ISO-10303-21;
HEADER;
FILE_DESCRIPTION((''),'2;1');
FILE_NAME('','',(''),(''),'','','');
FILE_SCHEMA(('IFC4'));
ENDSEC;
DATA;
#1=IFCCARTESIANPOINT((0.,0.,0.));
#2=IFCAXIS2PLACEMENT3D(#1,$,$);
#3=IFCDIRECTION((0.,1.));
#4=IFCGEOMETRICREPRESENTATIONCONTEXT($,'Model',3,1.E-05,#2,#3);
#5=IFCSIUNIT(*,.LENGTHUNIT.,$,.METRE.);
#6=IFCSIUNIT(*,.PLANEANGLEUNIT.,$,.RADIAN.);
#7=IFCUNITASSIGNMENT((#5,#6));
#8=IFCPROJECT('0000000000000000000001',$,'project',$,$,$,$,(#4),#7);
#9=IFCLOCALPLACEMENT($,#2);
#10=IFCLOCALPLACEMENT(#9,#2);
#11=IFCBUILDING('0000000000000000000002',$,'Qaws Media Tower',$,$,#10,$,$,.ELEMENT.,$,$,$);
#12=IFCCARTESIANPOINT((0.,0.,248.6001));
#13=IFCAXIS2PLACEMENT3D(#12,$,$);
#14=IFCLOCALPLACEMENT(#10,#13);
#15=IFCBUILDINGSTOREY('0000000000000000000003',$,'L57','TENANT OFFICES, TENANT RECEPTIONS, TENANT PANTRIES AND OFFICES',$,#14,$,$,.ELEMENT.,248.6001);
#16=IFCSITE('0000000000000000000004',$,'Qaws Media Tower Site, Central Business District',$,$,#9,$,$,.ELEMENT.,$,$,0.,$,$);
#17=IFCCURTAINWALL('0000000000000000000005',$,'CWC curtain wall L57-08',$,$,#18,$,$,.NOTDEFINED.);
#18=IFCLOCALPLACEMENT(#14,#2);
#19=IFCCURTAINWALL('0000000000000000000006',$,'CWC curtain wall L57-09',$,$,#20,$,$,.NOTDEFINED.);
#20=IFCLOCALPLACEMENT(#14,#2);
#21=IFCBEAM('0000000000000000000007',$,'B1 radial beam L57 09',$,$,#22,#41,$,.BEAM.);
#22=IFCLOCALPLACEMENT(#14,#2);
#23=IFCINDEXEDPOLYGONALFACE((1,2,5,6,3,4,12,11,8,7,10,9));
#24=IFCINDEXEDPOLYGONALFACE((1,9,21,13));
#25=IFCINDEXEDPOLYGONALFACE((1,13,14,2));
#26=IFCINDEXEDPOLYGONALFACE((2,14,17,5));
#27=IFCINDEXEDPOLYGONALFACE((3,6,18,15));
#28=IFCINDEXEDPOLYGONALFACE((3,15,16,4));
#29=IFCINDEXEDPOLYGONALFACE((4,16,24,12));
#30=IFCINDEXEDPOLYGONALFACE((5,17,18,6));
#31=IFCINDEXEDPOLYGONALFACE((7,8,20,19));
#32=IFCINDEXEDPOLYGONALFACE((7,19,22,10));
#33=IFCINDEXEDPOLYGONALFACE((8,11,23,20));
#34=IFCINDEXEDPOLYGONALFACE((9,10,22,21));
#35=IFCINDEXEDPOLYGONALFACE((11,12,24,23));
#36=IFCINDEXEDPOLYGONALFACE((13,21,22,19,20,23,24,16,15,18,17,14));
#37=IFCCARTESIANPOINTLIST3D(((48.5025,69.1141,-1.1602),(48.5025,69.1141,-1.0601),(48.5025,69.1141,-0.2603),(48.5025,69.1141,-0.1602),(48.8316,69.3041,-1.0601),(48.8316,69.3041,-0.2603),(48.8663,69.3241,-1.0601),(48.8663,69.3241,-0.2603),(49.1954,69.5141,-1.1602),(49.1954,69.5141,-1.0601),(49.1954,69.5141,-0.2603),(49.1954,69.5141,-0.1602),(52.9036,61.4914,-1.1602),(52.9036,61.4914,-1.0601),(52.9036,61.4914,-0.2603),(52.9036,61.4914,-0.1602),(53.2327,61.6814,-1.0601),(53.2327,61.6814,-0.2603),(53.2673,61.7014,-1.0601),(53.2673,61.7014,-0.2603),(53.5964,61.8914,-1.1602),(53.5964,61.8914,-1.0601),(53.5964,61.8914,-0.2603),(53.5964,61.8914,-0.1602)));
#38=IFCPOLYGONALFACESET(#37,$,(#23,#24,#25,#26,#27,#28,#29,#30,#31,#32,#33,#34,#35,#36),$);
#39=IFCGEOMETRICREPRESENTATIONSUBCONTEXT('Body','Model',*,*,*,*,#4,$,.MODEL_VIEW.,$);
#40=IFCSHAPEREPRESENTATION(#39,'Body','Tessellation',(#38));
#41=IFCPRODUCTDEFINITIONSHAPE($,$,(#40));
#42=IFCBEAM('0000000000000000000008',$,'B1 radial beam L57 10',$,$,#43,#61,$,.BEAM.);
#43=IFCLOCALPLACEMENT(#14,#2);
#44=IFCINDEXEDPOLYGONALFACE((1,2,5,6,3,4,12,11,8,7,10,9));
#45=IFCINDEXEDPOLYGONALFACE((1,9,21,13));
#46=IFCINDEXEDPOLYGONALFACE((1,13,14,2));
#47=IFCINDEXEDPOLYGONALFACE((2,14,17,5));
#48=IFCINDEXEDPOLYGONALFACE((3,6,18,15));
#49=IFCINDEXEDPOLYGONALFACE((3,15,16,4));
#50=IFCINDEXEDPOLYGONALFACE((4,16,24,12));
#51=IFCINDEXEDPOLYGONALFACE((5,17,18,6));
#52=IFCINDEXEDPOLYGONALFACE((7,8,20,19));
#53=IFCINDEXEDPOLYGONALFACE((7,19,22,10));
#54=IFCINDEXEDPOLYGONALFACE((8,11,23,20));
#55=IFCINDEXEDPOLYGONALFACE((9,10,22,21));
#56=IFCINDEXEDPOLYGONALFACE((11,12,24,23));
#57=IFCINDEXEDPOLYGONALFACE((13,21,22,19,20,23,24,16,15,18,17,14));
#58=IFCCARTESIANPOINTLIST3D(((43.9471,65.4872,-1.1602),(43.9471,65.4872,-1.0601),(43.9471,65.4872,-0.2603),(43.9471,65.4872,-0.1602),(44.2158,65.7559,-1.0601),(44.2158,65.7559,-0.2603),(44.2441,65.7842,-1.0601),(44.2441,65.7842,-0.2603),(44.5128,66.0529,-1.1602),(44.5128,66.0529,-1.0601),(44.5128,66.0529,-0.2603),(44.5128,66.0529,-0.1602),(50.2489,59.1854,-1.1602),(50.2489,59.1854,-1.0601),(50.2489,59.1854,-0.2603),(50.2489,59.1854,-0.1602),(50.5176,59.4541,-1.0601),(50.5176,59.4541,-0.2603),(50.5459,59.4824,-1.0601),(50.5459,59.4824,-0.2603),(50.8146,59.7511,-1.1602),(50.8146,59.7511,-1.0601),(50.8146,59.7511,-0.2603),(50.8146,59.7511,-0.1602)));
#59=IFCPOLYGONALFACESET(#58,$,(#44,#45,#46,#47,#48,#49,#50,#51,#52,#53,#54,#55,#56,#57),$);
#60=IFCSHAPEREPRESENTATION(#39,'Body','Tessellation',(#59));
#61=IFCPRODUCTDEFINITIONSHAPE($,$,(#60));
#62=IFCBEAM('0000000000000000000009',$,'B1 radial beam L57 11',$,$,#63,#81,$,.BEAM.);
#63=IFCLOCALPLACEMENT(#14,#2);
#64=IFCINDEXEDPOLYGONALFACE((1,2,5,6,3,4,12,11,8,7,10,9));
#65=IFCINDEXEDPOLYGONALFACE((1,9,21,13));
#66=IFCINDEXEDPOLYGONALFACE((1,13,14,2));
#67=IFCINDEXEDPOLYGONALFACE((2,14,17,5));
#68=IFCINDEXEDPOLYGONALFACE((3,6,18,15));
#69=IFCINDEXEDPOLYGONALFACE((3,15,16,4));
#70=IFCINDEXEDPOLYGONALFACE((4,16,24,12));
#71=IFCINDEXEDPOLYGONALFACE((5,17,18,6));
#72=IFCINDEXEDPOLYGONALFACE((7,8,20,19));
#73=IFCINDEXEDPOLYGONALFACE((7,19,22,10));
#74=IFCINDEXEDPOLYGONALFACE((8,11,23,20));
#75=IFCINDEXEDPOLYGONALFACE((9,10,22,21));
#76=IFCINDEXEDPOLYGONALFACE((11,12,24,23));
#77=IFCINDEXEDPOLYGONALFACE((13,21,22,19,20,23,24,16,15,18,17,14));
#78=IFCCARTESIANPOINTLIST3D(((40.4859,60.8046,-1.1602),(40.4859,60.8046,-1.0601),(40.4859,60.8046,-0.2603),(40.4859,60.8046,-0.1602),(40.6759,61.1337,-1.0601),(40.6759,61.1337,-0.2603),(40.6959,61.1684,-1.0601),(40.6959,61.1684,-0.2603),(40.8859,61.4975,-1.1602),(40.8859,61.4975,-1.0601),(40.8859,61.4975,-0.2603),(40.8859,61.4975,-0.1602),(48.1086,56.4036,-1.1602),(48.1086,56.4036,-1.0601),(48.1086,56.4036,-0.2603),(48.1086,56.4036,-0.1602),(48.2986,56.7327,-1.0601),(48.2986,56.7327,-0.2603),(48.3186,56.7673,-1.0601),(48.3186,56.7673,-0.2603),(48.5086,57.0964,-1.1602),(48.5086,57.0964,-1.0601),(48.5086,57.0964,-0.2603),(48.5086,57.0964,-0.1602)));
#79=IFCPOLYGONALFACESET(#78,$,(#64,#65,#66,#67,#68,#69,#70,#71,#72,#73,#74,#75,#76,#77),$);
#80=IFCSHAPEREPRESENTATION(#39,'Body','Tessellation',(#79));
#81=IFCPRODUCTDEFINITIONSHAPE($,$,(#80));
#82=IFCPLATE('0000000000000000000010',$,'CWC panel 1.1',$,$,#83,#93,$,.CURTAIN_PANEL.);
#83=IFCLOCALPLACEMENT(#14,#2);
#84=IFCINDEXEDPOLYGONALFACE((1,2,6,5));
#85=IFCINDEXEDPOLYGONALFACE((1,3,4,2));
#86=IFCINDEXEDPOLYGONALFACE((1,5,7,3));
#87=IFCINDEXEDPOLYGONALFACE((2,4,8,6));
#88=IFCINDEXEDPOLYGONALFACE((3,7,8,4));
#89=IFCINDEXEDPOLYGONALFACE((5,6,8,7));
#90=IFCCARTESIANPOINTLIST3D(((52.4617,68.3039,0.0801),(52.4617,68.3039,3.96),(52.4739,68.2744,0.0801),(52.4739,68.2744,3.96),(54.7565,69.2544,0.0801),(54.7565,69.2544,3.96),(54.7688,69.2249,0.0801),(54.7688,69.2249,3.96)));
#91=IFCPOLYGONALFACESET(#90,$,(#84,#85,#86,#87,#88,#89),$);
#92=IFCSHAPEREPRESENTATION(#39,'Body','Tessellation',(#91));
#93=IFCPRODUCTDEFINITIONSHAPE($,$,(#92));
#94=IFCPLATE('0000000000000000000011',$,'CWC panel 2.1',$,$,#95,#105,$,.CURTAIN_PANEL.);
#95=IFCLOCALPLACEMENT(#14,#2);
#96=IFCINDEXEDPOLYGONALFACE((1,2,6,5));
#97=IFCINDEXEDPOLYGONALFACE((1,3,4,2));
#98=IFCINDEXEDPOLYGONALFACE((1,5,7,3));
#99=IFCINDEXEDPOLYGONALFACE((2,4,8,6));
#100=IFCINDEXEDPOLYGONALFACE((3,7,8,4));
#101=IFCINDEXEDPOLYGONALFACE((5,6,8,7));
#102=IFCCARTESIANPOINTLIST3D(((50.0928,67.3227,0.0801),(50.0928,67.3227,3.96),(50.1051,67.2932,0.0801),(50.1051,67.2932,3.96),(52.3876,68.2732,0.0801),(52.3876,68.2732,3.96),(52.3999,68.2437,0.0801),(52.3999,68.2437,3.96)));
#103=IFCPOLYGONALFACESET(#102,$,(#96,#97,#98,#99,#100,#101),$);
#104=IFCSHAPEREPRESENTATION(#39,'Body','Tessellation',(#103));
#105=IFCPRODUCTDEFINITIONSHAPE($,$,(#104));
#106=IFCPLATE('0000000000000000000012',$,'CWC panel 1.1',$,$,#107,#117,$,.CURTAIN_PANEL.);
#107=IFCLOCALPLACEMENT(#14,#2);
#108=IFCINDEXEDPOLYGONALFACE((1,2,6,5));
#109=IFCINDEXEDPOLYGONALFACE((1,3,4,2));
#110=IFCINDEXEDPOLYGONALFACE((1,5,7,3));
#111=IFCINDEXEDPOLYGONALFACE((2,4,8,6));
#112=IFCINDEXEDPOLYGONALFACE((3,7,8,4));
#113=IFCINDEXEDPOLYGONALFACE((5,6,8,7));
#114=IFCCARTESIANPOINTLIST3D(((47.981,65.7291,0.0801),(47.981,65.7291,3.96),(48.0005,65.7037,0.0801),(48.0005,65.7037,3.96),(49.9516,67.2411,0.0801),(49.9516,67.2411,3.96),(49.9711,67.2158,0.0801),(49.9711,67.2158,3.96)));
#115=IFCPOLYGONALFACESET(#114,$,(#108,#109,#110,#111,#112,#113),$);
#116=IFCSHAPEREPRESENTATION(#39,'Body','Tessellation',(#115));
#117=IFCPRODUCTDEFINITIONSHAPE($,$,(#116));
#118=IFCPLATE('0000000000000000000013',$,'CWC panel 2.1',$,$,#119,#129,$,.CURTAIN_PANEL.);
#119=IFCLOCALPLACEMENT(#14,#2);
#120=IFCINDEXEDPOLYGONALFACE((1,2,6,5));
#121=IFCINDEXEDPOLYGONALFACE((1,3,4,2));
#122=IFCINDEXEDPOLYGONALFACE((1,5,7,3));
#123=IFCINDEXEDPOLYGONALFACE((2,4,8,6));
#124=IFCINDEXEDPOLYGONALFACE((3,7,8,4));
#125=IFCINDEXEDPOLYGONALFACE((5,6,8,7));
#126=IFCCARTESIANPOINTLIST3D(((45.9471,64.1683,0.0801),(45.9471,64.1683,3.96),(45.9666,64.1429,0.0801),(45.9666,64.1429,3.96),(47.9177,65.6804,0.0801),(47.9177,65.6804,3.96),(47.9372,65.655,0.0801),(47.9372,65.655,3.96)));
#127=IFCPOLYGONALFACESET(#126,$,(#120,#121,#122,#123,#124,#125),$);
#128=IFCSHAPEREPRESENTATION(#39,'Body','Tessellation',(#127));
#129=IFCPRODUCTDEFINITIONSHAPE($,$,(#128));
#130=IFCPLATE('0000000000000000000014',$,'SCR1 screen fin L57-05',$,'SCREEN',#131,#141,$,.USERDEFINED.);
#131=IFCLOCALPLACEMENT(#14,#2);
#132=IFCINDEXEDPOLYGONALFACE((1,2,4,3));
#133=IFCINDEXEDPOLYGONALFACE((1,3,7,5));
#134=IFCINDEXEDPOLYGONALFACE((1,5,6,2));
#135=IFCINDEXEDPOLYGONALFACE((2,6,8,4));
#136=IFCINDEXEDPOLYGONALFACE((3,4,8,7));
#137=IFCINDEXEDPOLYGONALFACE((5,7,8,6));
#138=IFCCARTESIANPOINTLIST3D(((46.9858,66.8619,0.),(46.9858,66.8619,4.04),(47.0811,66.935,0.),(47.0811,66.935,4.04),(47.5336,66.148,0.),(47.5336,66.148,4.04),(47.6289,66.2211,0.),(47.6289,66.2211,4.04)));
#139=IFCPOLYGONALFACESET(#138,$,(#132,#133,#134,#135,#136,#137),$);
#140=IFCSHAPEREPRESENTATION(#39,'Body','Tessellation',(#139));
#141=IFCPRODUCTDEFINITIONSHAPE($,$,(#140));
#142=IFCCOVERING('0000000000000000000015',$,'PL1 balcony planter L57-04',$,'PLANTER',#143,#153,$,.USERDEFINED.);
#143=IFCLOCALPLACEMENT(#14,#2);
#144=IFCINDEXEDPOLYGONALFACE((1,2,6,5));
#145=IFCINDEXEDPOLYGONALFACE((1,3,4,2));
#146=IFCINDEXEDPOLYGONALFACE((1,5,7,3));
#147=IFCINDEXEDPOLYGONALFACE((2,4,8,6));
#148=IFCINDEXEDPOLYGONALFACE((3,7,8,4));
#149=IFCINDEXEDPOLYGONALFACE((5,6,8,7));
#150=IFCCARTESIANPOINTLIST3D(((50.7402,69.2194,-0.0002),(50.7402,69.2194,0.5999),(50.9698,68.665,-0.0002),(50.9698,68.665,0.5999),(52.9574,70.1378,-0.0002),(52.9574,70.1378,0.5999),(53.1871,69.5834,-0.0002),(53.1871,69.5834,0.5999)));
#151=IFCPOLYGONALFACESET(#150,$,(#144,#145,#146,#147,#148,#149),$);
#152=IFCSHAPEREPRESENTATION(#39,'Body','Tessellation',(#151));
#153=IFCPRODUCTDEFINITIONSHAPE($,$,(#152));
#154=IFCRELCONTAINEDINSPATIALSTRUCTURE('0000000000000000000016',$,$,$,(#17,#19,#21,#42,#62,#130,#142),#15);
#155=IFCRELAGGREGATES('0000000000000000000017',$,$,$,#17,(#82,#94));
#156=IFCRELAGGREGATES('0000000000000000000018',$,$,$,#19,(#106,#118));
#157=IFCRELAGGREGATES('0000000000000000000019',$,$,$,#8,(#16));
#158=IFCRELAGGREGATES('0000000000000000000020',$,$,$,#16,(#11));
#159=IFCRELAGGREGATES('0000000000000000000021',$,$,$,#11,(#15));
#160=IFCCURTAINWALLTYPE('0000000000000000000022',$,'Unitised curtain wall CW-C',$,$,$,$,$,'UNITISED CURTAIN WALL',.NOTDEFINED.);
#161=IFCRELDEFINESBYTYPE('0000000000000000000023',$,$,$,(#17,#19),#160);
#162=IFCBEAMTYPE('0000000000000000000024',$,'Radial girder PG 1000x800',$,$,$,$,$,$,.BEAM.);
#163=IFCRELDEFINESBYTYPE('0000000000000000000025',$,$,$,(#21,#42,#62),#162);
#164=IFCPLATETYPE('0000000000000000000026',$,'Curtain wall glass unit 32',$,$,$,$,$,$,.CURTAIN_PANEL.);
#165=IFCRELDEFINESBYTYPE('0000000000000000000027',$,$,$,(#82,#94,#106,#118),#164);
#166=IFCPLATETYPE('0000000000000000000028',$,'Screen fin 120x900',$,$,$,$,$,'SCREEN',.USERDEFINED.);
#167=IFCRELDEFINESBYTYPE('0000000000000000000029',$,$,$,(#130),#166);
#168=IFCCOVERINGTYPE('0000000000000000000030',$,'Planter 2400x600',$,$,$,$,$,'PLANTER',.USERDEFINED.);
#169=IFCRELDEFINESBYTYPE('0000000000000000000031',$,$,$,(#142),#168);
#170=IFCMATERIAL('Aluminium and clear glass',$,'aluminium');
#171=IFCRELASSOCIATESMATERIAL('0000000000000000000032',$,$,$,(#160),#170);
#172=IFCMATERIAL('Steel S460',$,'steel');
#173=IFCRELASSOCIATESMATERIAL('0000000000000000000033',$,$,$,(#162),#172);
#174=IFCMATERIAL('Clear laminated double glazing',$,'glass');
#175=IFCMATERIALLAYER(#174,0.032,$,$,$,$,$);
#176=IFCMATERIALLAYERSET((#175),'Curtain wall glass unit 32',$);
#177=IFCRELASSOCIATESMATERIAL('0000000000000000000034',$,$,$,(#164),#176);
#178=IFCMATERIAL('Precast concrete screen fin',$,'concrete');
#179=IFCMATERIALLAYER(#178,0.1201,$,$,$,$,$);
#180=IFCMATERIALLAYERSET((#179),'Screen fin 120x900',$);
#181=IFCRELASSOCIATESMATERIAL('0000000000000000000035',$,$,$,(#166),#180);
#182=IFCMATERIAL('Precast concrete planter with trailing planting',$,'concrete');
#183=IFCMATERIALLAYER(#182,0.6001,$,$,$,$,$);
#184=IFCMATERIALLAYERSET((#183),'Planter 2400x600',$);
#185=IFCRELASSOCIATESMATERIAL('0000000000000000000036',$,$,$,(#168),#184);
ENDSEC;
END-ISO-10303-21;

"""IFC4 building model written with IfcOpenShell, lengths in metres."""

from ifc_helpers import new_model, si_unit, direction, frame, origin, origin_2d, place, context, subcontext, project, spatial, rectangle, i_section, extrude, material, layer, layer_set, material_profile, profile_set, type_object, element, aggregate, save


model = new_model("IFC4")

# Units and contexts
model_context = context("Model", 3, precision=1e-05, world=origin(), true_north=direction((0.0, 1.0)))
body_context = subcontext(model_context, "Body", "Model", "MODEL_VIEW")
ifc_project = project(units=[si_unit("LENGTHUNIT", "METRE"), si_unit("PLANEANGLEUNIT", "RADIAN")], contexts=[model_context])

# Site, building, storey
site_placement = place(None, origin())
site = spatial("IfcSite", under=ifc_project, at=site_placement, Name="Qaws Media Tower Site, Central Business District", CompositionType="ELEMENT", RefElevation=0.0)
building_placement = place(site_placement, origin())
building = spatial("IfcBuilding", under=site, at=building_placement, Name="Qaws Media Tower", CompositionType="ELEMENT")
storey_placement = place(building_placement, frame((0.0, 0.0, 248.6001)))
storey = spatial("IfcBuildingStorey", under=building, at=storey_placement, Name="L57", Description="TENANT OFFICES, TENANT RECEPTIONS, TENANT PANTRIES AND OFFICES", CompositionType="ELEMENT", Elevation=248.6001)

# Curtain walls
ifc_material_1 = material(Name="Aluminium and clear glass", Category="aluminium")
curtain_wall_type = type_object("IfcCurtainWallType", Name="Unitised curtain wall CW-C", ElementType="UNITISED CURTAIN WALL", PredefinedType="NOTDEFINED", material=ifc_material_1)
curtain_wall_1_placement = place(storey_placement, origin())
curtain_wall_1 = element("IfcCurtainWall", 1, at=curtain_wall_1_placement, inside=storey, type_object=curtain_wall_type, Name="CWC curtain wall L57-08", PredefinedType="NOTDEFINED")
curtain_wall_2_placement = place(storey_placement, origin())
curtain_wall_2 = element("IfcCurtainWall", 2, at=curtain_wall_2_placement, inside=storey, type_object=curtain_wall_type, Name="CWC curtain wall L57-09", PredefinedType="NOTDEFINED")

# Beams
ifc_material_2 = material(Name="Steel S460", Category="steel")
ifc_material_profile_1 = material_profile(ifc_material_2, i_section(OverallWidth=0.8, OverallDepth=1.0, WebThickness=0.04, FlangeThickness=0.1001, at=origin_2d()), Name="PG 1000x800")
ifc_profile_set_1 = profile_set([ifc_material_profile_1], Name="Steel S460")
beam_type_1 = type_object("IfcBeamType", Name="Radial girder PG 1000x800", PredefinedType="BEAM", material=ifc_profile_set_1)
beam_1_placement = place(storey_placement, frame((53.25, 61.6914, -0.6602), z_axis=(-0.500008, 0.866021, 0.0), x_axis=(-0.866021, -0.500008, 0.0)))
element("IfcBeam", 3, at=beam_1_placement, inside=storey, type_object=beam_type_1, Name="B1 radial beam L57 09", PredefinedType="BEAM", context=body_context, shape_type="SweptSolid", body=[
    extrude(i_section(OverallWidth=0.8, OverallDepth=1.0, WebThickness=0.04, FlangeThickness=0.1001, at=origin_2d()), origin(), (0.0, 0.0, 1.0), 8.802),
])
beam_2_placement = place(storey_placement, frame((50.5317, 59.4683, -0.6602), z_axis=(-0.707107, 0.707107, 0.0), x_axis=(-0.707107, -0.707107, 0.0)))
element("IfcBeam", 4, at=beam_2_placement, inside=storey, type_object=beam_type_1, Name="B1 radial beam L57 10", PredefinedType="BEAM", context=body_context, shape_type="SweptSolid", body=[
    extrude(i_section(OverallWidth=0.8, OverallDepth=1.0, WebThickness=0.04, FlangeThickness=0.1001, at=origin_2d()), origin(), (0.0, 0.0, 1.0), 8.9121),
])
beam_3_placement = place(storey_placement, frame((48.3086, 56.75, -0.6602), z_axis=(-0.866021, 0.500008, 0.0), x_axis=(-0.500008, -0.866021, 0.0)))
element("IfcBeam", 5, at=beam_3_placement, inside=storey, type_object=beam_type_1, Name="B1 radial beam L57 11", PredefinedType="BEAM", context=body_context, shape_type="SweptSolid", body=[
    extrude(i_section(OverallWidth=0.8, OverallDepth=1.0, WebThickness=0.04, FlangeThickness=0.1001, at=origin_2d()), origin(), (0.0, 0.0, 1.0), 8.802),
])

# Plates
ifc_material_3 = material(Name="Clear laminated double glazing", Category="glass")
ifc_layer_1 = layer(ifc_material_3, 0.032)
ifc_layer_set_1 = layer_set([ifc_layer_1], Name="Curtain wall glass unit 32")
plate_type_1 = type_object("IfcPlateType", Name="Curtain wall glass unit 32", PredefinedType="CURTAIN_PANEL", material=ifc_layer_set_1)
plate_1_placement = place(storey_placement, frame((53.6152, 68.7644, 0.0801), z_axis=(0.0, 0.0, 1.0), x_axis=(-0.92388, -0.382683, 0.0)))
plate_1 = element("IfcPlate", 6, at=plate_1_placement, type_object=plate_type_1, Name="CWC panel 1.1", PredefinedType="CURTAIN_PANEL", context=body_context, shape_type="SweptSolid", body=[
    extrude(rectangle(XDim=2.4839, YDim=0.032, at=origin_2d()), origin(), (0.0, 0.0, 1.0), 3.8799),
])
plate_2_placement = place(storey_placement, frame((51.2463, 67.7832, 0.0801), z_axis=(0.0, 0.0, 1.0), x_axis=(-0.92388, -0.382683, 0.0)))
plate_2 = element("IfcPlate", 7, at=plate_2_placement, type_object=plate_type_1, Name="CWC panel 2.1", PredefinedType="CURTAIN_PANEL", context=body_context, shape_type="SweptSolid", body=[
    extrude(rectangle(XDim=2.4839, YDim=0.032, at=origin_2d()), origin(), (0.0, 0.0, 1.0), 3.8799),
])
aggregate(curtain_wall_1, [plate_1, plate_2])
plate_3_placement = place(storey_placement, frame((48.9761, 66.4724, 0.0801), z_axis=(0.0, 0.0, 1.0), x_axis=(-0.793353, -0.608762, 0.0)))
plate_3 = element("IfcPlate", 8, at=plate_3_placement, type_object=plate_type_1, Name="CWC panel 1.1", PredefinedType="CURTAIN_PANEL", context=body_context, shape_type="SweptSolid", body=[
    extrude(rectangle(XDim=2.4839, YDim=0.032, at=origin_2d()), origin(), (0.0, 0.0, 1.0), 3.8799),
])
plate_4_placement = place(storey_placement, frame((46.9421, 64.9116, 0.0801), z_axis=(0.0, 0.0, 1.0), x_axis=(-0.793353, -0.608762, 0.0)))
plate_4 = element("IfcPlate", 9, at=plate_4_placement, type_object=plate_type_1, Name="CWC panel 2.1", PredefinedType="CURTAIN_PANEL", context=body_context, shape_type="SweptSolid", body=[
    extrude(rectangle(XDim=2.4839, YDim=0.032, at=origin_2d()), origin(), (0.0, 0.0, 1.0), 3.8799),
])
aggregate(curtain_wall_2, [plate_3, plate_4])
ifc_material_4 = material(Name="Precast concrete screen fin", Category="concrete")
ifc_layer_2 = layer(ifc_material_4, 0.1201)
ifc_layer_set_2 = layer_set([ifc_layer_2], Name="Screen fin 120x900")
plate_type_2 = type_object("IfcPlateType", Name="Screen fin 120x900", ElementType="SCREEN", PredefinedType="USERDEFINED", material=ifc_layer_set_2)
plate_5_placement = place(storey_placement, frame((47.3074, 66.5415, 0.0), z_axis=(0.0, 0.0, 1.0), x_axis=(-0.608761, 0.793353, 0.0)))
element("IfcPlate", 10, at=plate_5_placement, inside=storey, type_object=plate_type_2, Name="SCR1 screen fin L57-05", ObjectType="SCREEN", PredefinedType="USERDEFINED", context=body_context, shape_type="SweptSolid", body=[
    extrude(rectangle(XDim=0.8999, YDim=0.1201, at=origin_2d()), origin(), (0.0, 0.0, 1.0), 4.04),
])

# Covering
ifc_material_5 = material(Name="Precast concrete planter with trailing planting", Category="concrete")
ifc_layer_3 = layer(ifc_material_5, 0.6001)
ifc_layer_set_3 = layer_set([ifc_layer_3], Name="Planter 2400x600")
covering_type = type_object("IfcCoveringType", Name="Planter 2400x600", ElementType="PLANTER", PredefinedType="USERDEFINED", material=ifc_layer_set_3)
covering_placement = place(storey_placement, frame((51.9636, 69.4014, -0.0002), z_axis=(0.0, 0.0, 1.0), x_axis=(-0.92388, -0.382683, 0.0)))
element("IfcCovering", 11, at=covering_placement, inside=storey, type_object=covering_type, Name="PL1 balcony planter L57-04", ObjectType="PLANTER", PredefinedType="USERDEFINED", context=body_context, shape_type="SweptSolid", body=[
    extrude(rectangle(XDim=2.3999, YDim=0.6001, at=origin_2d()), origin(), (0.0, 0.0, 1.0), 0.6001),
])

save(model, "model.ifc")
